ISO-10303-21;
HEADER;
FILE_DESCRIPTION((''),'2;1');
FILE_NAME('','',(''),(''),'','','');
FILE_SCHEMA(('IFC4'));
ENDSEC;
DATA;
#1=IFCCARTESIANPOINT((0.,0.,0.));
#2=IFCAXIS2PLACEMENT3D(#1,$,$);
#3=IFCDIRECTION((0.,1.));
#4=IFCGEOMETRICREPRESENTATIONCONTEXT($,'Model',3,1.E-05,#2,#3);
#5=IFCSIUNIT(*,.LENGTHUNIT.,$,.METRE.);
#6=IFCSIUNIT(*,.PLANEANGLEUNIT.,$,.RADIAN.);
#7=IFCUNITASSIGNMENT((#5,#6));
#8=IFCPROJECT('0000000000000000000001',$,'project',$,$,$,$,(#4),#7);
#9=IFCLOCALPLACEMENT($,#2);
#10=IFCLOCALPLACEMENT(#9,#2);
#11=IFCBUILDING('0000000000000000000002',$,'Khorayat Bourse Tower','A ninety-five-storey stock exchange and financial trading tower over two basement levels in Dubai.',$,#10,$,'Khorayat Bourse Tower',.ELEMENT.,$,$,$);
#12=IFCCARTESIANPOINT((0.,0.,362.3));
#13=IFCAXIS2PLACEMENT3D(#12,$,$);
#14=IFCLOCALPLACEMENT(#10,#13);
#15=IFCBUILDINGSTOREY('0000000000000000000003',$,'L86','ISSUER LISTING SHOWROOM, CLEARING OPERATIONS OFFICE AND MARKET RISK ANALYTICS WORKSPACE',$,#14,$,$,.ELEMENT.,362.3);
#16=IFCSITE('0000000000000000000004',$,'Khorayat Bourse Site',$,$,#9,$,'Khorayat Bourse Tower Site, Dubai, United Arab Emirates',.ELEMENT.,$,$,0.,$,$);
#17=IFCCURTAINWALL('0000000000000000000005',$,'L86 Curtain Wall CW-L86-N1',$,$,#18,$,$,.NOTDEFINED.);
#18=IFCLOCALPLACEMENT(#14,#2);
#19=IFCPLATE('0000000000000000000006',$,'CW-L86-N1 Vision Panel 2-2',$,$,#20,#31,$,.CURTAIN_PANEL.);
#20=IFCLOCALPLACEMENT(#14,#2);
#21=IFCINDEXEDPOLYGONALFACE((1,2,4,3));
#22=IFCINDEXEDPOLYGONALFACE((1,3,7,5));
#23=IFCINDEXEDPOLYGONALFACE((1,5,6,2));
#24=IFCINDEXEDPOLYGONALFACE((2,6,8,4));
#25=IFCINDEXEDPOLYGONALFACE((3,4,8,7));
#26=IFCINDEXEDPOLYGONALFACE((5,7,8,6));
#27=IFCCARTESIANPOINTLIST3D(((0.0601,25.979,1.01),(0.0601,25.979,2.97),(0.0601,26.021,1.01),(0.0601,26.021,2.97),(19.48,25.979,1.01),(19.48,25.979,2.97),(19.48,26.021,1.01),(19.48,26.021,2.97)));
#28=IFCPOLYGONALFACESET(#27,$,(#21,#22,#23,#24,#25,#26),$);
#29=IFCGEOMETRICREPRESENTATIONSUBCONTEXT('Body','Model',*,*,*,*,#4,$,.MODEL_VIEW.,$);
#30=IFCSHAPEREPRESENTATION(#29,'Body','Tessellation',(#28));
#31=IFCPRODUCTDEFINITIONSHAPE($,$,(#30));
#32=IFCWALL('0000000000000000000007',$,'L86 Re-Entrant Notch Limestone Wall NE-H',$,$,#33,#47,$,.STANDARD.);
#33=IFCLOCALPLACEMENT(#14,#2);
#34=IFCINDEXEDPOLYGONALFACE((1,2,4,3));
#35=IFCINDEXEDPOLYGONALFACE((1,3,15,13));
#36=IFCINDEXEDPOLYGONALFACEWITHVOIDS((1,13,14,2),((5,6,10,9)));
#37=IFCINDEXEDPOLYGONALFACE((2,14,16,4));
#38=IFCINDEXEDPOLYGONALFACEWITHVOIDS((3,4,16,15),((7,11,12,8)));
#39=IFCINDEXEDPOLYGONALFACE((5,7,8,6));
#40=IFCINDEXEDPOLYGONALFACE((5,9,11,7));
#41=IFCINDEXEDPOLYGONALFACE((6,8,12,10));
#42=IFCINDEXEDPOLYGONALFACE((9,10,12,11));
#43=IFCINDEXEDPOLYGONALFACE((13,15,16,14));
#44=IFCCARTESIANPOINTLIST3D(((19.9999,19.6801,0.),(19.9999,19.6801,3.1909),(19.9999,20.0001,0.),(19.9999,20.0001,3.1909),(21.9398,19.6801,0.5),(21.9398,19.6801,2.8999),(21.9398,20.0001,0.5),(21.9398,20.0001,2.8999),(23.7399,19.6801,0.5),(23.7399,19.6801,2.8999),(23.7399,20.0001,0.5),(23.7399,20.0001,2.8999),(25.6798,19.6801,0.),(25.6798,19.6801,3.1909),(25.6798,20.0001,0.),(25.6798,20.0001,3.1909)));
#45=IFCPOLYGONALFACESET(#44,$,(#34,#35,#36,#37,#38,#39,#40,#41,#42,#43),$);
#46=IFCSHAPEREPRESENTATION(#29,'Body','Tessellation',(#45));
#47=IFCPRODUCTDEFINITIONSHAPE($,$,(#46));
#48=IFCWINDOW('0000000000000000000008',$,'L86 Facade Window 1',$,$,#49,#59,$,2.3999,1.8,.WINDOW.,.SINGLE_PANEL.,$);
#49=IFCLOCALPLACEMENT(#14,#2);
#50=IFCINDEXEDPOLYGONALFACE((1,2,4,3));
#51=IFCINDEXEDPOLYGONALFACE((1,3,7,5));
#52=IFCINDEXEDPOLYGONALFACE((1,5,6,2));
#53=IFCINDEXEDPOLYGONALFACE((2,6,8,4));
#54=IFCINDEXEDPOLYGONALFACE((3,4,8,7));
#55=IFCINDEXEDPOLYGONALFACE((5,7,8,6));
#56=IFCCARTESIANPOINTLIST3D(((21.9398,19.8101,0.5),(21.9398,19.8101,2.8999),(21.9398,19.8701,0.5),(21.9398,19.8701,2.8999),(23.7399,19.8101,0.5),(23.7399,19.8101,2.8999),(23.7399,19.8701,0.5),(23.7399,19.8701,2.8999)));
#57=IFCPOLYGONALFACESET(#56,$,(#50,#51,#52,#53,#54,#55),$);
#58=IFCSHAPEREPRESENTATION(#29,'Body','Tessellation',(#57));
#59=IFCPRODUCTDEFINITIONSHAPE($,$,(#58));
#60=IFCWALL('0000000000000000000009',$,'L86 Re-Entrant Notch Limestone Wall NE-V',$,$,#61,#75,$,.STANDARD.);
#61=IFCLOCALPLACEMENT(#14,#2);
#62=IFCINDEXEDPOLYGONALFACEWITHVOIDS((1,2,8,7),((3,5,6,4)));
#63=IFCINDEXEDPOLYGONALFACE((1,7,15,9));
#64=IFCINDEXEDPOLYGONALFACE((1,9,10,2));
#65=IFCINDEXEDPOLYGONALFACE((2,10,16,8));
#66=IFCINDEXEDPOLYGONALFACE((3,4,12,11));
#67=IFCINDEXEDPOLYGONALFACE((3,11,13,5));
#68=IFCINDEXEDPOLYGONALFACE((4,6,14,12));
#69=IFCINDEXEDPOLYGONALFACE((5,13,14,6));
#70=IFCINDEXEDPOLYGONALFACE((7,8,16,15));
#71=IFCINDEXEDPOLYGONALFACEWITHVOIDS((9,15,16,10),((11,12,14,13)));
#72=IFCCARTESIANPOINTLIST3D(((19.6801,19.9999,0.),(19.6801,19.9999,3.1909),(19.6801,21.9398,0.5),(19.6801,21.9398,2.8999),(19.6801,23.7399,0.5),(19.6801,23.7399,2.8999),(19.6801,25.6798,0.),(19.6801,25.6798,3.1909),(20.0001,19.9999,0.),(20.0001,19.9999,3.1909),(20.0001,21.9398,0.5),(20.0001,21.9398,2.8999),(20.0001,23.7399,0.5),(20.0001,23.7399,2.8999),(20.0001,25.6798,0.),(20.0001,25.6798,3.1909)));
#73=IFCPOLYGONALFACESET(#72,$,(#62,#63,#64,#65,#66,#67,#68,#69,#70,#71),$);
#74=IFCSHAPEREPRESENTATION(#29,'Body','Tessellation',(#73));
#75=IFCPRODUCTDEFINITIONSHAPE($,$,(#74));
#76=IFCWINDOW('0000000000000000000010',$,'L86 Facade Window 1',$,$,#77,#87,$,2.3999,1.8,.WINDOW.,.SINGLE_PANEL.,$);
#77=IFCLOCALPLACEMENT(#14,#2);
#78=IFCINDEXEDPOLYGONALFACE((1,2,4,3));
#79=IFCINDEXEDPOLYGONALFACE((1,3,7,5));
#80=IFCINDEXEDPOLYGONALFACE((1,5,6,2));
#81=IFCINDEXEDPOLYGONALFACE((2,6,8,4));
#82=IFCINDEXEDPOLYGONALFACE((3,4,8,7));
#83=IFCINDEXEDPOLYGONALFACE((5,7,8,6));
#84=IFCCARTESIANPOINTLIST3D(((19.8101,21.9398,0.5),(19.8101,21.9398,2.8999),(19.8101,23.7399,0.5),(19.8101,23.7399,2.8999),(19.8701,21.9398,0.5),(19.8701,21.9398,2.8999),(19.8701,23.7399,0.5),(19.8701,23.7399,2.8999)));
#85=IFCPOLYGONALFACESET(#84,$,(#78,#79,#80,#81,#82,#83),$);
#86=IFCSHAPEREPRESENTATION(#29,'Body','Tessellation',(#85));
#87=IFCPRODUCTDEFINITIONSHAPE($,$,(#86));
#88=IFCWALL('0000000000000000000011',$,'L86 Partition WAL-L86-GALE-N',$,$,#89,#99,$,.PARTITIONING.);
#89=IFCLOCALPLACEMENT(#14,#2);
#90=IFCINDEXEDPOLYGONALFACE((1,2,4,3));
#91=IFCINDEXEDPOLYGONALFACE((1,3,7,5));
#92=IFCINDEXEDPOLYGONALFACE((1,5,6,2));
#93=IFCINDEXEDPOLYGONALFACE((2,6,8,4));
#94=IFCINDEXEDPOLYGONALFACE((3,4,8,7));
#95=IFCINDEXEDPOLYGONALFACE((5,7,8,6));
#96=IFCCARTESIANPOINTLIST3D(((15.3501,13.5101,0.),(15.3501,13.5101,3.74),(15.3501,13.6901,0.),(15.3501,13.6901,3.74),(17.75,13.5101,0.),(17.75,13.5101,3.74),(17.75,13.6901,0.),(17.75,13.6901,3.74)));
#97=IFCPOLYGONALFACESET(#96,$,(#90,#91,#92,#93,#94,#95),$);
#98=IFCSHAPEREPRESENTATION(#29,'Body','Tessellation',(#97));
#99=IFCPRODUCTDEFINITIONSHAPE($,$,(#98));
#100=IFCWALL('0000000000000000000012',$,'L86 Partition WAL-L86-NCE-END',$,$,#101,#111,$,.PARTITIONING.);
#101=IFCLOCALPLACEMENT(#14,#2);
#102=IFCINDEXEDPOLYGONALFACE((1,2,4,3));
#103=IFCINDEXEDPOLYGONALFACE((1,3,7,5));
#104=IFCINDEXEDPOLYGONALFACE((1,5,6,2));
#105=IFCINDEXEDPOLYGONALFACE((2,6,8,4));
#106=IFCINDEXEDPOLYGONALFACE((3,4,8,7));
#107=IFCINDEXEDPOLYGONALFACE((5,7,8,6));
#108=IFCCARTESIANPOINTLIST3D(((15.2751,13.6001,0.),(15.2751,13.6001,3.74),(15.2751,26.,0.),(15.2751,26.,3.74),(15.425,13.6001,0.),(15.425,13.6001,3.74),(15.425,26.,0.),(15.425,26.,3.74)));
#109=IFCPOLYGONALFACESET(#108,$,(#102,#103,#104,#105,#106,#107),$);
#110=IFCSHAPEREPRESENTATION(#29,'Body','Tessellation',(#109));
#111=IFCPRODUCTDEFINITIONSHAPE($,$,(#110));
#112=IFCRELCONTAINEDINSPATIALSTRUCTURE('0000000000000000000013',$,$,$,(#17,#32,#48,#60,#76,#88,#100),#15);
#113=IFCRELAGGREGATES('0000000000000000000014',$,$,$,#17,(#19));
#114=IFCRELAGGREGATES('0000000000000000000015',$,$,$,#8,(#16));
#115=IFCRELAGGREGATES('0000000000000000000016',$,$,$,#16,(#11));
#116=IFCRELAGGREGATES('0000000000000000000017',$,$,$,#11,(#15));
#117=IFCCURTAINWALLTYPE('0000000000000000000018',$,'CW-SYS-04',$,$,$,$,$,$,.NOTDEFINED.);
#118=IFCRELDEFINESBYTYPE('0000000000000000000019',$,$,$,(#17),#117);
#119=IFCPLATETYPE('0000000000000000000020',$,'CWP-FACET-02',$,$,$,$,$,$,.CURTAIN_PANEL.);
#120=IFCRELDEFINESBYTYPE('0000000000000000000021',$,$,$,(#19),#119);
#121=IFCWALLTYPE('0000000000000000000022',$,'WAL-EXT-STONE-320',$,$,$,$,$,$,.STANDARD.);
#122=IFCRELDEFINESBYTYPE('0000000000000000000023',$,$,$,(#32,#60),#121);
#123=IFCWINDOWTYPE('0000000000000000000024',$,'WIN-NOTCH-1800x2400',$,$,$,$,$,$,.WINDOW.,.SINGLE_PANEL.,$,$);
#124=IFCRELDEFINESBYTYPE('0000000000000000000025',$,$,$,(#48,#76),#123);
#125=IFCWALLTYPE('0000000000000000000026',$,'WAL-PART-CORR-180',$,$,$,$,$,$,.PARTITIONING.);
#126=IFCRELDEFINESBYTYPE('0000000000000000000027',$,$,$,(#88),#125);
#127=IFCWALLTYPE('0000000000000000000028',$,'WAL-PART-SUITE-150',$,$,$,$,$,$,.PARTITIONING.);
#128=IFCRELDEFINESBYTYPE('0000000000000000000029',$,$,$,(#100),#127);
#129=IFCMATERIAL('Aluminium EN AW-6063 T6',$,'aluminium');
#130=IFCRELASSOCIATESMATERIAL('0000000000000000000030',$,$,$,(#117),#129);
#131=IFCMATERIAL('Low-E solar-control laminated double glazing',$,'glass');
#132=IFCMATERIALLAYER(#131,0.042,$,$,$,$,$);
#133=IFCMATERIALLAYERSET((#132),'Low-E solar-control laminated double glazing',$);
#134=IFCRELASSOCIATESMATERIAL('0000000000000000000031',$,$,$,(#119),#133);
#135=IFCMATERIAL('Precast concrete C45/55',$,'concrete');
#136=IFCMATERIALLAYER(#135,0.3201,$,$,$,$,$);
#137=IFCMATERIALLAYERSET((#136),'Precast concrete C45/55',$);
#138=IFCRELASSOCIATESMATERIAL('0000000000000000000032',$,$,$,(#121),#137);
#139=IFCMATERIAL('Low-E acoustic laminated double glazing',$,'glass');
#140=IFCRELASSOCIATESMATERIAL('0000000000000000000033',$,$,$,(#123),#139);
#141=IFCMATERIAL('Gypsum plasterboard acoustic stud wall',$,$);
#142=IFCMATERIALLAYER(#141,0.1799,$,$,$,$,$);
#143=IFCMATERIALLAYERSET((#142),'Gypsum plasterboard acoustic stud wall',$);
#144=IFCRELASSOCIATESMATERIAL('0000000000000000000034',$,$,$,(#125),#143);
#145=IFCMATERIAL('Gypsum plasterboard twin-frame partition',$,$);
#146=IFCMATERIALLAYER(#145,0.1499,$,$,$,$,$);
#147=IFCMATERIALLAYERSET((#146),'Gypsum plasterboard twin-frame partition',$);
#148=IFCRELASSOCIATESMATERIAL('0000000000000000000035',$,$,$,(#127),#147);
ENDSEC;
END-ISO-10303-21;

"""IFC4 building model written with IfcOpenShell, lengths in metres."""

from ifc_helpers import new_model, si_unit, direction, frame, frame_2d, origin, origin_2d, place, context, subcontext, project, spatial, rectangle, extrude, source, transform, mapped, material, layer, layer_set, type_object, element, fill, aggregate, save


model = new_model("IFC4")

# Units and contexts
model_context = context("Model", 3, precision=1e-05, world=origin(), true_north=direction((0.0, 1.0)))
body_context = subcontext(model_context, "Body", "Model", "MODEL_VIEW")
ifc_project = project(units=[si_unit("LENGTHUNIT", "METRE"), si_unit("PLANEANGLEUNIT", "RADIAN")], contexts=[model_context])

# Site, building, storey
site_placement = place(None, origin())
site = spatial("IfcSite", under=ifc_project, at=site_placement, Name="Khorayat Bourse Site", LongName="Khorayat Bourse Tower Site, Dubai, United Arab Emirates", CompositionType="ELEMENT", RefElevation=0.0)
building_placement = place(site_placement, origin())
building = spatial("IfcBuilding", under=site, at=building_placement, Name="Khorayat Bourse Tower", Description="A ninety-five-storey stock exchange and financial trading tower over two basement levels in Dubai.", LongName="Khorayat Bourse Tower", CompositionType="ELEMENT")
storey_placement = place(building_placement, frame((0.0, 0.0, 362.3)))
storey = spatial("IfcBuildingStorey", under=building, at=storey_placement, Name="L86", Description="ISSUER LISTING SHOWROOM, CLEARING OPERATIONS OFFICE AND MARKET RISK ANALYTICS WORKSPACE", CompositionType="ELEMENT", Elevation=362.3)

# Curtain wall
ifc_material_1 = material(Name="Aluminium EN AW-6063 T6", Category="aluminium")
curtain_wall_type = type_object("IfcCurtainWallType", Name="CW-SYS-04", PredefinedType="NOTDEFINED", material=ifc_material_1)
curtain_wall_1_placement = place(storey_placement, origin())
curtain_wall_1 = element("IfcCurtainWall", 1, at=curtain_wall_1_placement, inside=storey, type_object=curtain_wall_type, Name="L86 Curtain Wall CW-L86-N1", PredefinedType="NOTDEFINED")

# Plate
ifc_material_2 = material(Name="Low-E solar-control laminated double glazing", Category="glass")
ifc_layer_1 = layer(ifc_material_2, 0.042)
ifc_layer_set_1 = layer_set([ifc_layer_1], Name="Low-E solar-control laminated double glazing")
plate_type_1 = type_object("IfcPlateType", Name="CWP-FACET-02", PredefinedType="CURTAIN_PANEL", material=ifc_layer_set_1)
shared_shape_1 = source(origin(), body_context, "Body", "SweptSolid", [
    extrude(rectangle(XDim=19.4199, YDim=0.042, at=origin_2d()), origin(), (0.0, 0.0, 1.0), 1.96),
])
plate_placement = place(storey_placement, frame((9.77, 26.0, 1.01), z_axis=(0.0, 0.0, 1.0), x_axis=(1.0, 0.0, 0.0)))
plate = element("IfcPlate", 2, at=plate_placement, type_object=plate_type_1, Name="CW-L86-N1 Vision Panel 2-2", PredefinedType="CURTAIN_PANEL", context=body_context, shape_type="MappedRepresentation", body=[
    mapped(shared_shape_1, transform((0.0, 0.0, 0.0), scale=1.0)),
])
aggregate(curtain_wall_1, [plate])

# Walls, openings, windows
ifc_material_3 = material(Name="Precast concrete C45/55", Category="concrete")
ifc_layer_2 = layer(ifc_material_3, 0.3201)
ifc_layer_set_2 = layer_set([ifc_layer_2], Name="Precast concrete C45/55")
wall_type_1 = type_object("IfcWallType", Name="WAL-EXT-STONE-320", PredefinedType="STANDARD", material=ifc_layer_set_2)
shared_shape_2 = source(origin(), body_context, "Body", "SweptSolid", [
    extrude(rectangle(XDim=5.6799, YDim=0.3201, at=frame_2d((2.8398, 0.0))), origin(), (0.0, 0.0, 1.0), 3.1909),
])
wall_1_placement = place(storey_placement, frame((20.0, 19.8401, 0.0), z_axis=(0.0, 0.0, 1.0), x_axis=(1.0, 0.0, 0.0)))
wall_1 = element("IfcWall", 3, at=wall_1_placement, inside=storey, type_object=wall_type_1, Name="L86 Re-Entrant Notch Limestone Wall NE-H", PredefinedType="STANDARD", context=body_context, shape_type="MappedRepresentation", body=[
    mapped(shared_shape_2, transform((0.0, 0.0, 0.0), scale=1.0)),
])
shared_shape_3 = source(origin(), body_context, "Body", "SweptSolid", [
    extrude(rectangle(XDim=1.8, YDim=2.3999, at=frame_2d((0.8999, 1.2))), frame((0.0, 0.1699, 0.0), z_axis=(0.0, -1.0, 0.0), x_axis=(1.0, 0.0, 0.0)), (0.0, 0.0, 1.0), 0.3401),
])
opening_1_placement = place(wall_1_placement, frame((1.9399, 0.0, 0.5)))
opening_1 = element("IfcOpeningElement", 4, at=opening_1_placement, cuts=wall_1, PredefinedType="OPENING", context=body_context, shape_type="MappedRepresentation", body=[
    mapped(shared_shape_3, transform((0.0, 0.0, 0.0), scale=1.0)),
])
ifc_material_4 = material(Name="Low-E acoustic laminated double glazing", Category="glass")
window_type = type_object("IfcWindowType", Name="WIN-NOTCH-1800x2400", PartitioningType="SINGLE_PANEL", PredefinedType="WINDOW", material=ifc_material_4)
shared_shape_4 = source(origin(), body_context, "Body", "SweptSolid", [
    extrude(rectangle(XDim=1.8, YDim=2.3999, at=frame_2d((0.8999, 1.2))), frame((0.0, 0.03, 0.0), z_axis=(0.0, -1.0, 0.0), x_axis=(1.0, 0.0, 0.0)), (0.0, 0.0, 1.0), 0.0601),
])
window_1_placement = place(opening_1_placement, origin())
window_1 = element("IfcWindow", 5, at=window_1_placement, inside=storey, type_object=window_type, Name="L86 Facade Window 1", OverallHeight=2.3999, OverallWidth=1.8, PartitioningType="SINGLE_PANEL", PredefinedType="WINDOW", context=body_context, shape_type="MappedRepresentation", body=[
    mapped(shared_shape_4, transform((0.0, 0.0, 0.0), scale=1.0)),
])
fill(opening_1, window_1)
wall_2_placement = place(storey_placement, frame((19.8401, 20.0, 0.0), z_axis=(0.0, 0.0, 1.0), x_axis=(0.0, 1.0, 0.0)))
wall_2 = element("IfcWall", 6, at=wall_2_placement, inside=storey, type_object=wall_type_1, Name="L86 Re-Entrant Notch Limestone Wall NE-V", PredefinedType="STANDARD", context=body_context, shape_type="MappedRepresentation", body=[
    mapped(shared_shape_2, transform((0.0, 0.0, 0.0), scale=1.0)),
])
opening_2_placement = place(wall_2_placement, frame((1.9399, 0.0, 0.5)))
opening_2 = element("IfcOpeningElement", 7, at=opening_2_placement, cuts=wall_2, PredefinedType="OPENING", context=body_context, shape_type="MappedRepresentation", body=[
    mapped(shared_shape_3, transform((0.0, 0.0, 0.0), scale=1.0)),
])
window_2_placement = place(opening_2_placement, origin())
window_2 = element("IfcWindow", 8, at=window_2_placement, inside=storey, type_object=window_type, Name="L86 Facade Window 1", OverallHeight=2.3999, OverallWidth=1.8, PartitioningType="SINGLE_PANEL", PredefinedType="WINDOW", context=body_context, shape_type="MappedRepresentation", body=[
    mapped(shared_shape_4, transform((0.0, 0.0, 0.0), scale=1.0)),
])
fill(opening_2, window_2)

# Walls
ifc_material_5 = material(Name="Gypsum plasterboard acoustic stud wall")
ifc_layer_3 = layer(ifc_material_5, 0.1799)
ifc_layer_set_3 = layer_set([ifc_layer_3], Name="Gypsum plasterboard acoustic stud wall")
wall_type_2 = type_object("IfcWallType", Name="WAL-PART-CORR-180", PredefinedType="PARTITIONING", material=ifc_layer_set_3)
shared_shape_5 = source(origin(), body_context, "Body", "SweptSolid", [
    extrude(rectangle(XDim=2.3999, YDim=0.1799, at=frame_2d((1.2, 0.0))), origin(), (0.0, 0.0, 1.0), 3.74),
])
wall_3_placement = place(storey_placement, frame((15.3501, 13.6001, 0.0), z_axis=(0.0, 0.0, 1.0), x_axis=(1.0, 0.0, 0.0)))
element("IfcWall", 9, at=wall_3_placement, inside=storey, type_object=wall_type_2, Name="L86 Partition WAL-L86-GALE-N", PredefinedType="PARTITIONING", context=body_context, shape_type="MappedRepresentation", body=[
    mapped(shared_shape_5, transform((0.0, 0.0, 0.0), scale=1.0)),
])
ifc_material_6 = material(Name="Gypsum plasterboard twin-frame partition")
ifc_layer_4 = layer(ifc_material_6, 0.1499)
ifc_layer_set_4 = layer_set([ifc_layer_4], Name="Gypsum plasterboard twin-frame partition")
wall_type_3 = type_object("IfcWallType", Name="WAL-PART-SUITE-150", PredefinedType="PARTITIONING", material=ifc_layer_set_4)
shared_shape_6 = source(origin(), body_context, "Body", "SweptSolid", [
    extrude(rectangle(XDim=12.3999, YDim=0.1499, at=frame_2d((6.2, 0.0))), origin(), (0.0, 0.0, 1.0), 3.74),
])
wall_4_placement = place(storey_placement, frame((15.3501, 13.6001, 0.0), z_axis=(0.0, 0.0, 1.0), x_axis=(0.0, 1.0, 0.0)))
element("IfcWall", 10, at=wall_4_placement, inside=storey, type_object=wall_type_3, Name="L86 Partition WAL-L86-NCE-END", PredefinedType="PARTITIONING", context=body_context, shape_type="MappedRepresentation", body=[
    mapped(shared_shape_6, transform((0.0, 0.0, 0.0), scale=1.0)),
])

save(model, "model.ifc")
